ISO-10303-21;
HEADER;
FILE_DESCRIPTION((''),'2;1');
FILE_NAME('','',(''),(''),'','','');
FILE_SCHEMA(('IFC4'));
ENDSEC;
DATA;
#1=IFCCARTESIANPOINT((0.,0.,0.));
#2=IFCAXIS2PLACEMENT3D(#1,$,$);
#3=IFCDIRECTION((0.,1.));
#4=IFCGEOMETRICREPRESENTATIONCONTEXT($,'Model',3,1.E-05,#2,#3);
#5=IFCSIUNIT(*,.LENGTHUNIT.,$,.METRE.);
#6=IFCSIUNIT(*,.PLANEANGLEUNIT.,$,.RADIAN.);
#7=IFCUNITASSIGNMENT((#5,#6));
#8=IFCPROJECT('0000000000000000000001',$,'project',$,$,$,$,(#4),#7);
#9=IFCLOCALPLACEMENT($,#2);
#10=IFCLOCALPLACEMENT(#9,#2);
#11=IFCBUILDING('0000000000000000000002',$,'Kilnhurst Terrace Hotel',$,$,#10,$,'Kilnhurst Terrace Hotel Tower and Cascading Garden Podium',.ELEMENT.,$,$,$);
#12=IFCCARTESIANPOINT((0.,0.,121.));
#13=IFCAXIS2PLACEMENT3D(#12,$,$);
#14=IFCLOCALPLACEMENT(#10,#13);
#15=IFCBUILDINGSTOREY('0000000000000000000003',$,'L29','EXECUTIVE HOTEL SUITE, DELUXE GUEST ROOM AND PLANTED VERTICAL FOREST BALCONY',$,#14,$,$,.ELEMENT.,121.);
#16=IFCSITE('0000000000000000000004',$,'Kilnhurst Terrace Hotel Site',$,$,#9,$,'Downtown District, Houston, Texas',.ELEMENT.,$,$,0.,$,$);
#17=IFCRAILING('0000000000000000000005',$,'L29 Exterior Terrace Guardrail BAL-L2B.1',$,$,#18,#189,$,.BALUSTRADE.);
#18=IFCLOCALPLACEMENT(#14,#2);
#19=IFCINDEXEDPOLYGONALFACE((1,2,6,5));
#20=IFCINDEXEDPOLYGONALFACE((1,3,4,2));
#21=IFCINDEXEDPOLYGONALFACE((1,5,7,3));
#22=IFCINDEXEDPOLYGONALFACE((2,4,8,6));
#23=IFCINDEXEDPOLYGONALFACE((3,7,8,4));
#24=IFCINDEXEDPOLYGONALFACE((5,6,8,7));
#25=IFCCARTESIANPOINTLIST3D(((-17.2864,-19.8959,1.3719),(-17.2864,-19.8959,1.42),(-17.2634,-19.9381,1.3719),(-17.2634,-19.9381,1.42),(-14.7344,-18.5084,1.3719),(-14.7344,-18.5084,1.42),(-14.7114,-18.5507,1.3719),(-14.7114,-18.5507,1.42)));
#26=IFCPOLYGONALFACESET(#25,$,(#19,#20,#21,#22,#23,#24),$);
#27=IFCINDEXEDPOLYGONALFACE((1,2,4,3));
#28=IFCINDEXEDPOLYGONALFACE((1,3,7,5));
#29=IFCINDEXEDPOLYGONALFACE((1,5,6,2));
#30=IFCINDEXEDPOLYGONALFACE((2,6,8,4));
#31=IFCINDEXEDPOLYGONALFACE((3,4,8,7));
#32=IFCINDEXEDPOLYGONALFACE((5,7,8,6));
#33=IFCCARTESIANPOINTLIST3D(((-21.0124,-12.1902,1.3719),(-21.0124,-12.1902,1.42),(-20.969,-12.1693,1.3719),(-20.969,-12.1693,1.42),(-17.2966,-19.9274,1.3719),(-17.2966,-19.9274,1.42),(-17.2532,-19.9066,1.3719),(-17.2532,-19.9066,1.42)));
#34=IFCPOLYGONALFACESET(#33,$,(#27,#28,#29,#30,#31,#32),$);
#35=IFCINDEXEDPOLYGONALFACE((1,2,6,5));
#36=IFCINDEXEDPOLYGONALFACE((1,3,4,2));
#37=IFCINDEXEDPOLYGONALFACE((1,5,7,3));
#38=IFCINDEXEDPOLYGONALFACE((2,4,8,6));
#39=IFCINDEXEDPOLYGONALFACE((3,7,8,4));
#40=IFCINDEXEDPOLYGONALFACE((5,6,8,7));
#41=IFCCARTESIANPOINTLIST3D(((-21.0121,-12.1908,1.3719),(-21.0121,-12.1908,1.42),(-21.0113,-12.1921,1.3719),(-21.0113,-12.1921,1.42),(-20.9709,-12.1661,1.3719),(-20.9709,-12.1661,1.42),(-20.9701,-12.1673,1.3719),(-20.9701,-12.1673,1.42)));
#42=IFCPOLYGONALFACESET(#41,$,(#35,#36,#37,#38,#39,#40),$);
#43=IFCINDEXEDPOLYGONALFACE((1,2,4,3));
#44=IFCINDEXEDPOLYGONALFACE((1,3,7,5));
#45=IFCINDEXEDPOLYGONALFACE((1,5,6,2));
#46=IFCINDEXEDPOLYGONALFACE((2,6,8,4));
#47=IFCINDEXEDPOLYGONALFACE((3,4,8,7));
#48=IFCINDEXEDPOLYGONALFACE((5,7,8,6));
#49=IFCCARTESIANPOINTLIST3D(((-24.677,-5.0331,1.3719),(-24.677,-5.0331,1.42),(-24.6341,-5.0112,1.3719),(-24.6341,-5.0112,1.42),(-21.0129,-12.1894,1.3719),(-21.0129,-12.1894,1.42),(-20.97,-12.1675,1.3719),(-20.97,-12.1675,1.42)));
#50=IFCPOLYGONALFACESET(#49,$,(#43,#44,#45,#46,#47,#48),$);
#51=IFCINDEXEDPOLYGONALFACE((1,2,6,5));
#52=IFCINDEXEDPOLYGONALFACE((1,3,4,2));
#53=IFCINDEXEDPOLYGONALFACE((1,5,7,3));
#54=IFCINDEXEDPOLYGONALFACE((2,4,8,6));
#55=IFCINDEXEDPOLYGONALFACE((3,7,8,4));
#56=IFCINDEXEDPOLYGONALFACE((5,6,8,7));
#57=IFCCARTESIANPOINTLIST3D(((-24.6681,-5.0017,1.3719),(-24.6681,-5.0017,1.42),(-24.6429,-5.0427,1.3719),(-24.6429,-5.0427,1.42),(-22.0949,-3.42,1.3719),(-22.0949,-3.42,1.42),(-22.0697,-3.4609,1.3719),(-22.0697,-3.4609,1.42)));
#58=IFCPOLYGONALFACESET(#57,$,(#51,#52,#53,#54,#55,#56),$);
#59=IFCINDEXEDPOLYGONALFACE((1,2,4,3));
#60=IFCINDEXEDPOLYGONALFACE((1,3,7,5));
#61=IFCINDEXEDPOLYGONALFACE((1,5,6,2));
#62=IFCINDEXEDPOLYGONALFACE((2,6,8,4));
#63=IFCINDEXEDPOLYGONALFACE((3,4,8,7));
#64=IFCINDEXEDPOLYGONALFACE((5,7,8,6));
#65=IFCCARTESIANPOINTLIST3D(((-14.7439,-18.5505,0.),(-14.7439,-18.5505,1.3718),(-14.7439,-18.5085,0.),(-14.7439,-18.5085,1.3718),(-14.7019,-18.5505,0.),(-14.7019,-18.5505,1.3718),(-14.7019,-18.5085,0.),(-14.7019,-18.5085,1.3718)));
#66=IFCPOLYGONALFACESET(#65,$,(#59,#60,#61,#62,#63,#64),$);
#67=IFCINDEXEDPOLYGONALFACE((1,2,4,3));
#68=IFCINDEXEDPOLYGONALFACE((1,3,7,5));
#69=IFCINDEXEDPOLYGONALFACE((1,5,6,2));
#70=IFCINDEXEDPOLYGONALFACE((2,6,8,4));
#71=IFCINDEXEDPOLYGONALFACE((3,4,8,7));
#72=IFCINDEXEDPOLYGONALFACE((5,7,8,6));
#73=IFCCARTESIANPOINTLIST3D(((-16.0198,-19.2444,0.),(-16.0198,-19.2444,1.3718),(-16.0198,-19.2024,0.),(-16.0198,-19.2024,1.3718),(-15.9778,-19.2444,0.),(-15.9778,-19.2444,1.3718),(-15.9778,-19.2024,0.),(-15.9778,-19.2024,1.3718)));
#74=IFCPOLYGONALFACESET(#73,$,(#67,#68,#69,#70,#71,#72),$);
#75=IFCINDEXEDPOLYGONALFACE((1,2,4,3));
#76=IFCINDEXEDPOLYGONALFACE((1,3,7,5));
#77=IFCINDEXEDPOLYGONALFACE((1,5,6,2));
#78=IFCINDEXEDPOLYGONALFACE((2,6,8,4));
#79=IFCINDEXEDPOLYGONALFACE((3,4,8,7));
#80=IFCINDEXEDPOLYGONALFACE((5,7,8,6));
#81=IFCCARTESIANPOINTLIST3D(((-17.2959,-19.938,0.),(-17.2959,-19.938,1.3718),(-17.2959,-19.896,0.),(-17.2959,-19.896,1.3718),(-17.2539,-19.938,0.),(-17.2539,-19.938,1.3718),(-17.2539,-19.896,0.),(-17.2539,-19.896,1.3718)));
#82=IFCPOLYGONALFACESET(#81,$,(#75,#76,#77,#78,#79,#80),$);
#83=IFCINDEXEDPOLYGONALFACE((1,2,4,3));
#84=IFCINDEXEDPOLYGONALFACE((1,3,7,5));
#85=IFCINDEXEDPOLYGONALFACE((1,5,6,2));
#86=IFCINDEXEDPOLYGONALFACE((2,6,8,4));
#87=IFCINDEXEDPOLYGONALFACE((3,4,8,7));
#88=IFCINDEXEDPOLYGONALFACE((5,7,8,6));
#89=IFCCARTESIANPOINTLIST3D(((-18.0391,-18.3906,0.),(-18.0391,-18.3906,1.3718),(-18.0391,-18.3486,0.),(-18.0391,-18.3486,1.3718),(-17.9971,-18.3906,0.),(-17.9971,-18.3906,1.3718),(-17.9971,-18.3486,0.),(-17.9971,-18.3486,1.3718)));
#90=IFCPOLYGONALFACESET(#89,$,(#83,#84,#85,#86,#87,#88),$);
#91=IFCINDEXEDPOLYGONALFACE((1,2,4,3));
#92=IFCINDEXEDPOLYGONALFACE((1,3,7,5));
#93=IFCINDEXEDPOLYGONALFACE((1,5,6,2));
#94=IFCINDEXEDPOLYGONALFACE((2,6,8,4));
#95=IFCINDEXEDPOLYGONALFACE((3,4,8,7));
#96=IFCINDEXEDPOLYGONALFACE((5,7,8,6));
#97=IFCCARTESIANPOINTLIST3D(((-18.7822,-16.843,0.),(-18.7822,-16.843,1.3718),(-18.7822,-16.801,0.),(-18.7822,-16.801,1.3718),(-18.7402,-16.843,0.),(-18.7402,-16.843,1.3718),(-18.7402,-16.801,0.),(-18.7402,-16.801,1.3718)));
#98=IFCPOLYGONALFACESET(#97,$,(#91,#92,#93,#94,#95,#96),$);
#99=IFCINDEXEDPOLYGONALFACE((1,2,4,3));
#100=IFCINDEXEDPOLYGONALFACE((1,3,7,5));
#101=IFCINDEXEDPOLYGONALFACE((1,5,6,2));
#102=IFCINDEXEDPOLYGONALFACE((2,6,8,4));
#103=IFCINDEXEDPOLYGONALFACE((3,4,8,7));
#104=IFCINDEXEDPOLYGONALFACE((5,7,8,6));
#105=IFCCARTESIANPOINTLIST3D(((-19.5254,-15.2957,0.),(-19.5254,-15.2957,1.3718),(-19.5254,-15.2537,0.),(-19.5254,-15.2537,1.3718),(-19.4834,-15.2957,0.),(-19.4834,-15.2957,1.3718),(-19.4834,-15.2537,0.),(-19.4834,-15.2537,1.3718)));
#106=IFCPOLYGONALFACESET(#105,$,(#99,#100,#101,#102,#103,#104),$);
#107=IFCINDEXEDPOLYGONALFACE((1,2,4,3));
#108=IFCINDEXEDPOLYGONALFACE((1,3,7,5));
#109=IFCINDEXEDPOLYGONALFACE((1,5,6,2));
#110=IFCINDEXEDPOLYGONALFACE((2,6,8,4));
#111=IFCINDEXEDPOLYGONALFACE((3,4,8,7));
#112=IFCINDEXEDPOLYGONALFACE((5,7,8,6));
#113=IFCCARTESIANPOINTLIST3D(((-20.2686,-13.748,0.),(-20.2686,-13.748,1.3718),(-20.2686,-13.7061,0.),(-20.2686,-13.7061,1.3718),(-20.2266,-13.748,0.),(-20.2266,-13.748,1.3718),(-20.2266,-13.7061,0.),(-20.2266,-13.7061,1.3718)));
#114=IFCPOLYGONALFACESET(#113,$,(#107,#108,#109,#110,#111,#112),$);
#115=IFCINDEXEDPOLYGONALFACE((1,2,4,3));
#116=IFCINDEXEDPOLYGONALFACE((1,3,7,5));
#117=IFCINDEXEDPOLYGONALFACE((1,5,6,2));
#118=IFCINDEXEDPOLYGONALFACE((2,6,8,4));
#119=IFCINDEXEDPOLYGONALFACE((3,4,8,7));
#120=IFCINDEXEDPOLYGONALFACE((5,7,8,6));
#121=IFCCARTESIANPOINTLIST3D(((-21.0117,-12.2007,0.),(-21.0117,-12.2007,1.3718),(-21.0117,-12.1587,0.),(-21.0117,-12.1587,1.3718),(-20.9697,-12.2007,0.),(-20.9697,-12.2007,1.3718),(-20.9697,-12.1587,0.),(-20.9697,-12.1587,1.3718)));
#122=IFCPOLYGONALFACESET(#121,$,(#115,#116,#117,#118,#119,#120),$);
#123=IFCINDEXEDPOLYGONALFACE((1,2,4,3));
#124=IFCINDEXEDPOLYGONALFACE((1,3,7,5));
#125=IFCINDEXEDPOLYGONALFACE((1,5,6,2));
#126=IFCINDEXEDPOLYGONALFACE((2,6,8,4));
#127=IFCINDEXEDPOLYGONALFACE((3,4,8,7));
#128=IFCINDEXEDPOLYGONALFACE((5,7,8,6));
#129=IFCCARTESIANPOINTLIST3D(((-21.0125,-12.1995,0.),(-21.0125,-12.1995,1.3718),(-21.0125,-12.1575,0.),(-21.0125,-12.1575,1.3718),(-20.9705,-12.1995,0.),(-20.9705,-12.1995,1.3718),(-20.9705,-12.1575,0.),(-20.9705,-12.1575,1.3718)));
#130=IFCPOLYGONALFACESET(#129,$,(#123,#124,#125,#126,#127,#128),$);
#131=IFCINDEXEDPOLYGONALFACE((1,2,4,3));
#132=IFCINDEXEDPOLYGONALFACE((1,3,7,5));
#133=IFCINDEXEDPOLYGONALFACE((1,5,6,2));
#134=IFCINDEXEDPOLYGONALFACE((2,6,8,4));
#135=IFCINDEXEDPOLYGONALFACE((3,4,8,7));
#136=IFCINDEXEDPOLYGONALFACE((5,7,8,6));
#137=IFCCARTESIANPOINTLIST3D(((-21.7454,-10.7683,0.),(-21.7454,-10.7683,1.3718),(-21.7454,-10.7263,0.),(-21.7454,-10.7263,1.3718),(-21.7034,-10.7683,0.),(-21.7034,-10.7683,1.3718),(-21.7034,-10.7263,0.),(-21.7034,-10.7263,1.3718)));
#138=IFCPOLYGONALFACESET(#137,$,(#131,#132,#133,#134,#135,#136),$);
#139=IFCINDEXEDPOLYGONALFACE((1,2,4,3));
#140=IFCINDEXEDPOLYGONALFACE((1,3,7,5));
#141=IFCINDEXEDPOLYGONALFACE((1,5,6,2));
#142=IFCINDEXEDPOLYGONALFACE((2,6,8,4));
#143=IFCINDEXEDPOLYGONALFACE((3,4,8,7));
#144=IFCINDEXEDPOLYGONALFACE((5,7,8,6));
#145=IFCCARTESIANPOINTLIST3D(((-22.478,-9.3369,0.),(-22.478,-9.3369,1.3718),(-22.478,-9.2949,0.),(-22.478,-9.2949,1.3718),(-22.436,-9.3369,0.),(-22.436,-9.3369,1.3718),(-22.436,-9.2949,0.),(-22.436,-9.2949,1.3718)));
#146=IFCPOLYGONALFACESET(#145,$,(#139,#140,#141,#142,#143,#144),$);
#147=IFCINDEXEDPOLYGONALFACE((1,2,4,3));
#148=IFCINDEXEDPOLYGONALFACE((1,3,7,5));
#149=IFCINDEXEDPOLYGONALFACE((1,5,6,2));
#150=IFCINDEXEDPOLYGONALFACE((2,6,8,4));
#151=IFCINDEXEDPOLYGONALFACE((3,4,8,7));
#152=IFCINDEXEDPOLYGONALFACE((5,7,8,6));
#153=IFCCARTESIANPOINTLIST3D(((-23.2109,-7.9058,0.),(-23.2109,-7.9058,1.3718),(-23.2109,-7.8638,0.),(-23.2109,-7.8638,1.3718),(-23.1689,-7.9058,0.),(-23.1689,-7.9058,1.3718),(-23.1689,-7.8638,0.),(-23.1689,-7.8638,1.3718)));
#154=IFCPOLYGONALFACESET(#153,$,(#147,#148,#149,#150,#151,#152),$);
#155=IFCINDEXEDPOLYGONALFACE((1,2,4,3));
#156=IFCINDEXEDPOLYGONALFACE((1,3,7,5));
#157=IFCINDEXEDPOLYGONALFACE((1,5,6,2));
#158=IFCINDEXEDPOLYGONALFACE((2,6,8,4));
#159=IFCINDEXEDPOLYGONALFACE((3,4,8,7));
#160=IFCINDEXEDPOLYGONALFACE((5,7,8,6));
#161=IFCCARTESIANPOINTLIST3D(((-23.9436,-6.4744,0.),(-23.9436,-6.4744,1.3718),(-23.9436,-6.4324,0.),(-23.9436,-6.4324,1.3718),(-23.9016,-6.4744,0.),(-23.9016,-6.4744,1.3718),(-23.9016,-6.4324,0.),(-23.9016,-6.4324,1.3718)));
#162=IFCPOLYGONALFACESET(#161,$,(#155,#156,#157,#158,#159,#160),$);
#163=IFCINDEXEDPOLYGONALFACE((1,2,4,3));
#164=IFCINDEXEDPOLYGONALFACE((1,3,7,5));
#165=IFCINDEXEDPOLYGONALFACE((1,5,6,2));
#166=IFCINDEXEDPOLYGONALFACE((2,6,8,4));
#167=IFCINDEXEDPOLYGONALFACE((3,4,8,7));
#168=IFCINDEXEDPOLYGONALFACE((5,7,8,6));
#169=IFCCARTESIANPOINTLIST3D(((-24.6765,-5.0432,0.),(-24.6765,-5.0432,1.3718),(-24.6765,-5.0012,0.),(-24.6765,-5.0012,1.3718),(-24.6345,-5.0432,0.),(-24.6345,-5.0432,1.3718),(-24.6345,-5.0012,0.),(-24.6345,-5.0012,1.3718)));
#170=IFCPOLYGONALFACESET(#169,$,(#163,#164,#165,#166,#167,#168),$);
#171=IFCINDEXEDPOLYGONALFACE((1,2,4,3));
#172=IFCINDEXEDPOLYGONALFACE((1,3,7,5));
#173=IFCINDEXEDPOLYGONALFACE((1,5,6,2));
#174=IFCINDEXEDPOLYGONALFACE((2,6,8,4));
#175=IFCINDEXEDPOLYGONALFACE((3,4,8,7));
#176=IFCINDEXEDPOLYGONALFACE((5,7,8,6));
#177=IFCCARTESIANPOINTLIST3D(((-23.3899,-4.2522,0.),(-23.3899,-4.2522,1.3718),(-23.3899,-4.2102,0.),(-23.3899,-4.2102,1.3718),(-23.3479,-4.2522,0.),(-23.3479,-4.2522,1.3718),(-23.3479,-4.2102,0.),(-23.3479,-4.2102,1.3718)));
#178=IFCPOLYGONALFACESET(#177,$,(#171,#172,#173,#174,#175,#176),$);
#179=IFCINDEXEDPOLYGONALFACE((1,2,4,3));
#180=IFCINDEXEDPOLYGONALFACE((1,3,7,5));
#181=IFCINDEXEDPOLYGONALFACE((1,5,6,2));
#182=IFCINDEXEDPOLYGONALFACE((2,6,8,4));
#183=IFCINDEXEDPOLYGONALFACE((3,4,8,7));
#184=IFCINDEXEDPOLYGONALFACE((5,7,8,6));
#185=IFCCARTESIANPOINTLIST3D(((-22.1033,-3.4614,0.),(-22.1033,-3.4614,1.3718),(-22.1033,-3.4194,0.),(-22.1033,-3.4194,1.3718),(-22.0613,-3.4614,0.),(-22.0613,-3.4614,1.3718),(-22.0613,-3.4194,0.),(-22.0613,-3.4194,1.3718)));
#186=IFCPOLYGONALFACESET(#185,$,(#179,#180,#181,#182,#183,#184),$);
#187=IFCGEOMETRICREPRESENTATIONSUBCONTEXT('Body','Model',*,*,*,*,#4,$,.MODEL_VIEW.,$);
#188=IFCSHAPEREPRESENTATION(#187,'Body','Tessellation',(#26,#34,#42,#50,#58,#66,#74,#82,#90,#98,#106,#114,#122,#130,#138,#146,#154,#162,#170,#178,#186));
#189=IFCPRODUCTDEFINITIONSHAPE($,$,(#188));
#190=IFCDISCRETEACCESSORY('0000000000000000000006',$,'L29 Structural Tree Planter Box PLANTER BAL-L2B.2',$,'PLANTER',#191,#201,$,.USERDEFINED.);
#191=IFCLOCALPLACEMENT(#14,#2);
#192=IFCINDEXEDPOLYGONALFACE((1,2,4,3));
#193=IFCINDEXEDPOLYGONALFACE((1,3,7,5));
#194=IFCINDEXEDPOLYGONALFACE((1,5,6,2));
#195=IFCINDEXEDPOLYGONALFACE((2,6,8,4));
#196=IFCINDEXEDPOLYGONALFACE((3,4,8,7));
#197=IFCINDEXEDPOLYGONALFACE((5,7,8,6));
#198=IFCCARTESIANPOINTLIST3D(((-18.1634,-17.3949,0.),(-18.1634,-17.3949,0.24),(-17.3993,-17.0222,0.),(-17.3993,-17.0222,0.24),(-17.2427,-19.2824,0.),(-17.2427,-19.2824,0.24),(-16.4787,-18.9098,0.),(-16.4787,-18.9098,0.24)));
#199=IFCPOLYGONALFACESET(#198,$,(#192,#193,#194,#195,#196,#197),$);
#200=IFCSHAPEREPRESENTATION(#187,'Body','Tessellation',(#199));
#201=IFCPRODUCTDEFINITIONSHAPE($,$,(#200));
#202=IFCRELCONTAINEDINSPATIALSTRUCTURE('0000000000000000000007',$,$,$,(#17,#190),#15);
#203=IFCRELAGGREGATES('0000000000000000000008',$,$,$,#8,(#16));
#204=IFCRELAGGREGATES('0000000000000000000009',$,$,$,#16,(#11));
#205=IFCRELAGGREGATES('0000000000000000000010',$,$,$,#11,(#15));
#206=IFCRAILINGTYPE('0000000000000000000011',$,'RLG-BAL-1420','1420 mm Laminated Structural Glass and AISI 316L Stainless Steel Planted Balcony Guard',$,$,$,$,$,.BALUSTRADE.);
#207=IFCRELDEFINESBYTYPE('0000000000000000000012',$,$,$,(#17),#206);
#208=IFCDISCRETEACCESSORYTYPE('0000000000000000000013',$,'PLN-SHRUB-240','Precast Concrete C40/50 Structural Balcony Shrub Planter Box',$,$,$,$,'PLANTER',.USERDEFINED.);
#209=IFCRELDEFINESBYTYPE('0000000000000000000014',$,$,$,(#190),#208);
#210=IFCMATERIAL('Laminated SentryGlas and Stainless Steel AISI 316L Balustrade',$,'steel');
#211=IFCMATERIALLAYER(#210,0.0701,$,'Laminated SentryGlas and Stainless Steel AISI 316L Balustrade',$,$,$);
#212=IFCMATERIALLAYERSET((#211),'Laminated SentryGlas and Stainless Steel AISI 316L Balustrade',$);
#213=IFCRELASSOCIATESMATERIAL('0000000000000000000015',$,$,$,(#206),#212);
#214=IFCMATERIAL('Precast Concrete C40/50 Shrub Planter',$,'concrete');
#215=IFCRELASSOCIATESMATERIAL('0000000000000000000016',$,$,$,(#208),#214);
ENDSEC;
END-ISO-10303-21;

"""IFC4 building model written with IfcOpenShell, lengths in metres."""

from ifc_helpers import new_model, si_unit, direction, frame, origin, origin_2d, place, context, subcontext, project, spatial, rectangle, extrude, material, layer, layer_set, type_object, element, save


model = new_model("IFC4")

# Units and contexts
model_context = context("Model", 3, precision=1e-05, world=origin(), true_north=direction((0.0, 1.0)))
body_context = subcontext(model_context, "Body", "Model", "MODEL_VIEW")
ifc_project = project(units=[si_unit("LENGTHUNIT", "METRE"), si_unit("PLANEANGLEUNIT", "RADIAN")], contexts=[model_context])

# Site, building, storey
site_placement = place(None, origin())
site = spatial("IfcSite", under=ifc_project, at=site_placement, Name="Kilnhurst Terrace Hotel Site", LongName="Downtown District, Houston, Texas", CompositionType="ELEMENT", RefElevation=0.0)
building_placement = place(site_placement, origin())
building = spatial("IfcBuilding", under=site, at=building_placement, Name="Kilnhurst Terrace Hotel", LongName="Kilnhurst Terrace Hotel Tower and Cascading Garden Podium", CompositionType="ELEMENT")
storey_placement = place(building_placement, frame((0.0, 0.0, 121.0)))
storey = spatial("IfcBuildingStorey", under=building, at=storey_placement, Name="L29", Description="EXECUTIVE HOTEL SUITE, DELUXE GUEST ROOM AND PLANTED VERTICAL FOREST BALCONY", CompositionType="ELEMENT", Elevation=121.0)

# Railing
ifc_material_1 = material(Name="Laminated SentryGlas and Stainless Steel AISI 316L Balustrade", Category="steel")
ifc_layer_1 = layer(ifc_material_1, 0.0701, Name="Laminated SentryGlas and Stainless Steel AISI 316L Balustrade")
ifc_layer_set_1 = layer_set([ifc_layer_1], Name="Laminated SentryGlas and Stainless Steel AISI 316L Balustrade")
railing_type = type_object("IfcRailingType", Name="RLG-BAL-1420", Description="1420 mm Laminated Structural Glass and AISI 316L Stainless Steel Planted Balcony Guard", PredefinedType="BALUSTRADE", material=ifc_layer_set_1)
railing_placement = place(storey_placement, frame((-14.7229, -18.5295, 0.0)))
element("IfcRailing", 1, at=railing_placement, inside=storey, type_object=railing_type, Name="L29 Exterior Terrace Guardrail BAL-L2B.1", PredefinedType="BALUSTRADE", context=body_context, shape_type="SweptSolid", body=[
    extrude(rectangle(XDim=0.0481, YDim=0.0481, at=origin_2d()), frame((0.0, 0.0, 1.396), z_axis=(-0.878553, -0.477644, 0.0), x_axis=(0.477644, -0.878553, 0.0)), (0.0, 0.0, 1.0), 2.9048),
    extrude(rectangle(XDim=0.0481, YDim=0.0481, at=origin_2d()), frame((-2.552, -1.3875, 1.396), z_axis=(-0.432912, 0.901436, 0.0), x_axis=(-0.901436, -0.432912, 0.0)), (0.0, 0.0, 1.0), 8.5833),
    extrude(rectangle(XDim=0.0481, YDim=0.0481, at=origin_2d()), frame((-6.2678, 6.3499, 1.396), z_axis=(-0.514496, 0.857493, 0.0), x_axis=(-0.857493, -0.514496, 0.0)), (0.0, 0.0, 1.0), 0.0015),
    extrude(rectangle(XDim=0.0481, YDim=0.0481, at=origin_2d()), frame((-6.2686, 6.3511, 1.396), z_axis=(-0.455744, 0.890111, 0.0), x_axis=(-0.890111, -0.455744, 0.0)), (0.0, 0.0, 1.0), 8.0398),
    extrude(rectangle(XDim=0.0481, YDim=0.0481, at=origin_2d()), frame((-9.9326, 13.5073, 1.396), z_axis=(0.851916, 0.523678, 0.0), x_axis=(-0.523678, 0.851916, 0.0)), (0.0, 0.0, 1.0), 3.0205),
    extrude(rectangle(XDim=0.042, YDim=0.042, at=origin_2d()), origin(), (0.0, 0.0, 1.0), 1.3718),
    extrude(rectangle(XDim=0.042, YDim=0.042, at=origin_2d()), frame((-1.2759, -0.6938, 0.0)), (0.0, 0.0, 1.0), 1.3718),
    extrude(rectangle(XDim=0.042, YDim=0.042, at=origin_2d()), frame((-2.552, -1.3875, 0.0)), (0.0, 0.0, 1.0), 1.3718),
    extrude(rectangle(XDim=0.042, YDim=0.042, at=origin_2d()), frame((-3.2952, 0.1599, 0.0)), (0.0, 0.0, 1.0), 1.3718),
    extrude(rectangle(XDim=0.042, YDim=0.042, at=origin_2d()), frame((-4.0383, 1.7075, 0.0)), (0.0, 0.0, 1.0), 1.3718),
    extrude(rectangle(XDim=0.042, YDim=0.042, at=origin_2d()), frame((-4.7815, 3.2549, 0.0)), (0.0, 0.0, 1.0), 1.3718),
    extrude(rectangle(XDim=0.042, YDim=0.042, at=origin_2d()), frame((-5.5247, 4.8025, 0.0)), (0.0, 0.0, 1.0), 1.3718),
    extrude(rectangle(XDim=0.042, YDim=0.042, at=origin_2d()), frame((-6.2678, 6.3499, 0.0)), (0.0, 0.0, 1.0), 1.3718),
    extrude(rectangle(XDim=0.042, YDim=0.042, at=origin_2d()), frame((-6.2686, 6.3511, 0.0)), (0.0, 0.0, 1.0), 1.3718),
    extrude(rectangle(XDim=0.042, YDim=0.042, at=origin_2d()), frame((-7.0015, 7.7822, 0.0)), (0.0, 0.0, 1.0), 1.3718),
    extrude(rectangle(XDim=0.042, YDim=0.042, at=origin_2d()), frame((-7.7341, 9.2136, 0.0)), (0.0, 0.0, 1.0), 1.3718),
    extrude(rectangle(XDim=0.042, YDim=0.042, at=origin_2d()), frame((-8.467, 10.6448, 0.0)), (0.0, 0.0, 1.0), 1.3718),
    extrude(rectangle(XDim=0.042, YDim=0.042, at=origin_2d()), frame((-9.1997, 12.0762, 0.0)), (0.0, 0.0, 1.0), 1.3718),
    extrude(rectangle(XDim=0.042, YDim=0.042, at=origin_2d()), frame((-9.9326, 13.5073, 0.0)), (0.0, 0.0, 1.0), 1.3718),
    extrude(rectangle(XDim=0.042, YDim=0.042, at=origin_2d()), frame((-8.646, 14.2983, 0.0)), (0.0, 0.0, 1.0), 1.3718),
    extrude(rectangle(XDim=0.042, YDim=0.042, at=origin_2d()), frame((-7.3594, 15.0891, 0.0)), (0.0, 0.0, 1.0), 1.3718),
])

# Discrete accessory
ifc_material_2 = material(Name="Precast Concrete C40/50 Shrub Planter", Category="concrete")
discrete_accessory_type = type_object("IfcDiscreteAccessoryType", Name="PLN-SHRUB-240", Description="Precast Concrete C40/50 Structural Balcony Shrub Planter Box", ElementType="PLANTER", PredefinedType="USERDEFINED", material=ifc_material_2)
discrete_accessory_placement = place(storey_placement, frame((-17.321, -18.1523, 0.0), z_axis=(0.0, 0.0, 1.0), x_axis=(0.438387, -0.898786, 0.0)))
element("IfcDiscreteAccessory", 2, at=discrete_accessory_placement, inside=storey, type_object=discrete_accessory_type, Name="L29 Structural Tree Planter Box PLANTER BAL-L2B.2", ObjectType="PLANTER", PredefinedType="USERDEFINED", context=body_context, shape_type="SweptSolid", body=[
    extrude(rectangle(XDim=2.1001, YDim=0.8501, at=origin_2d()), origin(), (0.0, 0.0, 1.0), 0.24),
])

save(model, "model.ifc")
